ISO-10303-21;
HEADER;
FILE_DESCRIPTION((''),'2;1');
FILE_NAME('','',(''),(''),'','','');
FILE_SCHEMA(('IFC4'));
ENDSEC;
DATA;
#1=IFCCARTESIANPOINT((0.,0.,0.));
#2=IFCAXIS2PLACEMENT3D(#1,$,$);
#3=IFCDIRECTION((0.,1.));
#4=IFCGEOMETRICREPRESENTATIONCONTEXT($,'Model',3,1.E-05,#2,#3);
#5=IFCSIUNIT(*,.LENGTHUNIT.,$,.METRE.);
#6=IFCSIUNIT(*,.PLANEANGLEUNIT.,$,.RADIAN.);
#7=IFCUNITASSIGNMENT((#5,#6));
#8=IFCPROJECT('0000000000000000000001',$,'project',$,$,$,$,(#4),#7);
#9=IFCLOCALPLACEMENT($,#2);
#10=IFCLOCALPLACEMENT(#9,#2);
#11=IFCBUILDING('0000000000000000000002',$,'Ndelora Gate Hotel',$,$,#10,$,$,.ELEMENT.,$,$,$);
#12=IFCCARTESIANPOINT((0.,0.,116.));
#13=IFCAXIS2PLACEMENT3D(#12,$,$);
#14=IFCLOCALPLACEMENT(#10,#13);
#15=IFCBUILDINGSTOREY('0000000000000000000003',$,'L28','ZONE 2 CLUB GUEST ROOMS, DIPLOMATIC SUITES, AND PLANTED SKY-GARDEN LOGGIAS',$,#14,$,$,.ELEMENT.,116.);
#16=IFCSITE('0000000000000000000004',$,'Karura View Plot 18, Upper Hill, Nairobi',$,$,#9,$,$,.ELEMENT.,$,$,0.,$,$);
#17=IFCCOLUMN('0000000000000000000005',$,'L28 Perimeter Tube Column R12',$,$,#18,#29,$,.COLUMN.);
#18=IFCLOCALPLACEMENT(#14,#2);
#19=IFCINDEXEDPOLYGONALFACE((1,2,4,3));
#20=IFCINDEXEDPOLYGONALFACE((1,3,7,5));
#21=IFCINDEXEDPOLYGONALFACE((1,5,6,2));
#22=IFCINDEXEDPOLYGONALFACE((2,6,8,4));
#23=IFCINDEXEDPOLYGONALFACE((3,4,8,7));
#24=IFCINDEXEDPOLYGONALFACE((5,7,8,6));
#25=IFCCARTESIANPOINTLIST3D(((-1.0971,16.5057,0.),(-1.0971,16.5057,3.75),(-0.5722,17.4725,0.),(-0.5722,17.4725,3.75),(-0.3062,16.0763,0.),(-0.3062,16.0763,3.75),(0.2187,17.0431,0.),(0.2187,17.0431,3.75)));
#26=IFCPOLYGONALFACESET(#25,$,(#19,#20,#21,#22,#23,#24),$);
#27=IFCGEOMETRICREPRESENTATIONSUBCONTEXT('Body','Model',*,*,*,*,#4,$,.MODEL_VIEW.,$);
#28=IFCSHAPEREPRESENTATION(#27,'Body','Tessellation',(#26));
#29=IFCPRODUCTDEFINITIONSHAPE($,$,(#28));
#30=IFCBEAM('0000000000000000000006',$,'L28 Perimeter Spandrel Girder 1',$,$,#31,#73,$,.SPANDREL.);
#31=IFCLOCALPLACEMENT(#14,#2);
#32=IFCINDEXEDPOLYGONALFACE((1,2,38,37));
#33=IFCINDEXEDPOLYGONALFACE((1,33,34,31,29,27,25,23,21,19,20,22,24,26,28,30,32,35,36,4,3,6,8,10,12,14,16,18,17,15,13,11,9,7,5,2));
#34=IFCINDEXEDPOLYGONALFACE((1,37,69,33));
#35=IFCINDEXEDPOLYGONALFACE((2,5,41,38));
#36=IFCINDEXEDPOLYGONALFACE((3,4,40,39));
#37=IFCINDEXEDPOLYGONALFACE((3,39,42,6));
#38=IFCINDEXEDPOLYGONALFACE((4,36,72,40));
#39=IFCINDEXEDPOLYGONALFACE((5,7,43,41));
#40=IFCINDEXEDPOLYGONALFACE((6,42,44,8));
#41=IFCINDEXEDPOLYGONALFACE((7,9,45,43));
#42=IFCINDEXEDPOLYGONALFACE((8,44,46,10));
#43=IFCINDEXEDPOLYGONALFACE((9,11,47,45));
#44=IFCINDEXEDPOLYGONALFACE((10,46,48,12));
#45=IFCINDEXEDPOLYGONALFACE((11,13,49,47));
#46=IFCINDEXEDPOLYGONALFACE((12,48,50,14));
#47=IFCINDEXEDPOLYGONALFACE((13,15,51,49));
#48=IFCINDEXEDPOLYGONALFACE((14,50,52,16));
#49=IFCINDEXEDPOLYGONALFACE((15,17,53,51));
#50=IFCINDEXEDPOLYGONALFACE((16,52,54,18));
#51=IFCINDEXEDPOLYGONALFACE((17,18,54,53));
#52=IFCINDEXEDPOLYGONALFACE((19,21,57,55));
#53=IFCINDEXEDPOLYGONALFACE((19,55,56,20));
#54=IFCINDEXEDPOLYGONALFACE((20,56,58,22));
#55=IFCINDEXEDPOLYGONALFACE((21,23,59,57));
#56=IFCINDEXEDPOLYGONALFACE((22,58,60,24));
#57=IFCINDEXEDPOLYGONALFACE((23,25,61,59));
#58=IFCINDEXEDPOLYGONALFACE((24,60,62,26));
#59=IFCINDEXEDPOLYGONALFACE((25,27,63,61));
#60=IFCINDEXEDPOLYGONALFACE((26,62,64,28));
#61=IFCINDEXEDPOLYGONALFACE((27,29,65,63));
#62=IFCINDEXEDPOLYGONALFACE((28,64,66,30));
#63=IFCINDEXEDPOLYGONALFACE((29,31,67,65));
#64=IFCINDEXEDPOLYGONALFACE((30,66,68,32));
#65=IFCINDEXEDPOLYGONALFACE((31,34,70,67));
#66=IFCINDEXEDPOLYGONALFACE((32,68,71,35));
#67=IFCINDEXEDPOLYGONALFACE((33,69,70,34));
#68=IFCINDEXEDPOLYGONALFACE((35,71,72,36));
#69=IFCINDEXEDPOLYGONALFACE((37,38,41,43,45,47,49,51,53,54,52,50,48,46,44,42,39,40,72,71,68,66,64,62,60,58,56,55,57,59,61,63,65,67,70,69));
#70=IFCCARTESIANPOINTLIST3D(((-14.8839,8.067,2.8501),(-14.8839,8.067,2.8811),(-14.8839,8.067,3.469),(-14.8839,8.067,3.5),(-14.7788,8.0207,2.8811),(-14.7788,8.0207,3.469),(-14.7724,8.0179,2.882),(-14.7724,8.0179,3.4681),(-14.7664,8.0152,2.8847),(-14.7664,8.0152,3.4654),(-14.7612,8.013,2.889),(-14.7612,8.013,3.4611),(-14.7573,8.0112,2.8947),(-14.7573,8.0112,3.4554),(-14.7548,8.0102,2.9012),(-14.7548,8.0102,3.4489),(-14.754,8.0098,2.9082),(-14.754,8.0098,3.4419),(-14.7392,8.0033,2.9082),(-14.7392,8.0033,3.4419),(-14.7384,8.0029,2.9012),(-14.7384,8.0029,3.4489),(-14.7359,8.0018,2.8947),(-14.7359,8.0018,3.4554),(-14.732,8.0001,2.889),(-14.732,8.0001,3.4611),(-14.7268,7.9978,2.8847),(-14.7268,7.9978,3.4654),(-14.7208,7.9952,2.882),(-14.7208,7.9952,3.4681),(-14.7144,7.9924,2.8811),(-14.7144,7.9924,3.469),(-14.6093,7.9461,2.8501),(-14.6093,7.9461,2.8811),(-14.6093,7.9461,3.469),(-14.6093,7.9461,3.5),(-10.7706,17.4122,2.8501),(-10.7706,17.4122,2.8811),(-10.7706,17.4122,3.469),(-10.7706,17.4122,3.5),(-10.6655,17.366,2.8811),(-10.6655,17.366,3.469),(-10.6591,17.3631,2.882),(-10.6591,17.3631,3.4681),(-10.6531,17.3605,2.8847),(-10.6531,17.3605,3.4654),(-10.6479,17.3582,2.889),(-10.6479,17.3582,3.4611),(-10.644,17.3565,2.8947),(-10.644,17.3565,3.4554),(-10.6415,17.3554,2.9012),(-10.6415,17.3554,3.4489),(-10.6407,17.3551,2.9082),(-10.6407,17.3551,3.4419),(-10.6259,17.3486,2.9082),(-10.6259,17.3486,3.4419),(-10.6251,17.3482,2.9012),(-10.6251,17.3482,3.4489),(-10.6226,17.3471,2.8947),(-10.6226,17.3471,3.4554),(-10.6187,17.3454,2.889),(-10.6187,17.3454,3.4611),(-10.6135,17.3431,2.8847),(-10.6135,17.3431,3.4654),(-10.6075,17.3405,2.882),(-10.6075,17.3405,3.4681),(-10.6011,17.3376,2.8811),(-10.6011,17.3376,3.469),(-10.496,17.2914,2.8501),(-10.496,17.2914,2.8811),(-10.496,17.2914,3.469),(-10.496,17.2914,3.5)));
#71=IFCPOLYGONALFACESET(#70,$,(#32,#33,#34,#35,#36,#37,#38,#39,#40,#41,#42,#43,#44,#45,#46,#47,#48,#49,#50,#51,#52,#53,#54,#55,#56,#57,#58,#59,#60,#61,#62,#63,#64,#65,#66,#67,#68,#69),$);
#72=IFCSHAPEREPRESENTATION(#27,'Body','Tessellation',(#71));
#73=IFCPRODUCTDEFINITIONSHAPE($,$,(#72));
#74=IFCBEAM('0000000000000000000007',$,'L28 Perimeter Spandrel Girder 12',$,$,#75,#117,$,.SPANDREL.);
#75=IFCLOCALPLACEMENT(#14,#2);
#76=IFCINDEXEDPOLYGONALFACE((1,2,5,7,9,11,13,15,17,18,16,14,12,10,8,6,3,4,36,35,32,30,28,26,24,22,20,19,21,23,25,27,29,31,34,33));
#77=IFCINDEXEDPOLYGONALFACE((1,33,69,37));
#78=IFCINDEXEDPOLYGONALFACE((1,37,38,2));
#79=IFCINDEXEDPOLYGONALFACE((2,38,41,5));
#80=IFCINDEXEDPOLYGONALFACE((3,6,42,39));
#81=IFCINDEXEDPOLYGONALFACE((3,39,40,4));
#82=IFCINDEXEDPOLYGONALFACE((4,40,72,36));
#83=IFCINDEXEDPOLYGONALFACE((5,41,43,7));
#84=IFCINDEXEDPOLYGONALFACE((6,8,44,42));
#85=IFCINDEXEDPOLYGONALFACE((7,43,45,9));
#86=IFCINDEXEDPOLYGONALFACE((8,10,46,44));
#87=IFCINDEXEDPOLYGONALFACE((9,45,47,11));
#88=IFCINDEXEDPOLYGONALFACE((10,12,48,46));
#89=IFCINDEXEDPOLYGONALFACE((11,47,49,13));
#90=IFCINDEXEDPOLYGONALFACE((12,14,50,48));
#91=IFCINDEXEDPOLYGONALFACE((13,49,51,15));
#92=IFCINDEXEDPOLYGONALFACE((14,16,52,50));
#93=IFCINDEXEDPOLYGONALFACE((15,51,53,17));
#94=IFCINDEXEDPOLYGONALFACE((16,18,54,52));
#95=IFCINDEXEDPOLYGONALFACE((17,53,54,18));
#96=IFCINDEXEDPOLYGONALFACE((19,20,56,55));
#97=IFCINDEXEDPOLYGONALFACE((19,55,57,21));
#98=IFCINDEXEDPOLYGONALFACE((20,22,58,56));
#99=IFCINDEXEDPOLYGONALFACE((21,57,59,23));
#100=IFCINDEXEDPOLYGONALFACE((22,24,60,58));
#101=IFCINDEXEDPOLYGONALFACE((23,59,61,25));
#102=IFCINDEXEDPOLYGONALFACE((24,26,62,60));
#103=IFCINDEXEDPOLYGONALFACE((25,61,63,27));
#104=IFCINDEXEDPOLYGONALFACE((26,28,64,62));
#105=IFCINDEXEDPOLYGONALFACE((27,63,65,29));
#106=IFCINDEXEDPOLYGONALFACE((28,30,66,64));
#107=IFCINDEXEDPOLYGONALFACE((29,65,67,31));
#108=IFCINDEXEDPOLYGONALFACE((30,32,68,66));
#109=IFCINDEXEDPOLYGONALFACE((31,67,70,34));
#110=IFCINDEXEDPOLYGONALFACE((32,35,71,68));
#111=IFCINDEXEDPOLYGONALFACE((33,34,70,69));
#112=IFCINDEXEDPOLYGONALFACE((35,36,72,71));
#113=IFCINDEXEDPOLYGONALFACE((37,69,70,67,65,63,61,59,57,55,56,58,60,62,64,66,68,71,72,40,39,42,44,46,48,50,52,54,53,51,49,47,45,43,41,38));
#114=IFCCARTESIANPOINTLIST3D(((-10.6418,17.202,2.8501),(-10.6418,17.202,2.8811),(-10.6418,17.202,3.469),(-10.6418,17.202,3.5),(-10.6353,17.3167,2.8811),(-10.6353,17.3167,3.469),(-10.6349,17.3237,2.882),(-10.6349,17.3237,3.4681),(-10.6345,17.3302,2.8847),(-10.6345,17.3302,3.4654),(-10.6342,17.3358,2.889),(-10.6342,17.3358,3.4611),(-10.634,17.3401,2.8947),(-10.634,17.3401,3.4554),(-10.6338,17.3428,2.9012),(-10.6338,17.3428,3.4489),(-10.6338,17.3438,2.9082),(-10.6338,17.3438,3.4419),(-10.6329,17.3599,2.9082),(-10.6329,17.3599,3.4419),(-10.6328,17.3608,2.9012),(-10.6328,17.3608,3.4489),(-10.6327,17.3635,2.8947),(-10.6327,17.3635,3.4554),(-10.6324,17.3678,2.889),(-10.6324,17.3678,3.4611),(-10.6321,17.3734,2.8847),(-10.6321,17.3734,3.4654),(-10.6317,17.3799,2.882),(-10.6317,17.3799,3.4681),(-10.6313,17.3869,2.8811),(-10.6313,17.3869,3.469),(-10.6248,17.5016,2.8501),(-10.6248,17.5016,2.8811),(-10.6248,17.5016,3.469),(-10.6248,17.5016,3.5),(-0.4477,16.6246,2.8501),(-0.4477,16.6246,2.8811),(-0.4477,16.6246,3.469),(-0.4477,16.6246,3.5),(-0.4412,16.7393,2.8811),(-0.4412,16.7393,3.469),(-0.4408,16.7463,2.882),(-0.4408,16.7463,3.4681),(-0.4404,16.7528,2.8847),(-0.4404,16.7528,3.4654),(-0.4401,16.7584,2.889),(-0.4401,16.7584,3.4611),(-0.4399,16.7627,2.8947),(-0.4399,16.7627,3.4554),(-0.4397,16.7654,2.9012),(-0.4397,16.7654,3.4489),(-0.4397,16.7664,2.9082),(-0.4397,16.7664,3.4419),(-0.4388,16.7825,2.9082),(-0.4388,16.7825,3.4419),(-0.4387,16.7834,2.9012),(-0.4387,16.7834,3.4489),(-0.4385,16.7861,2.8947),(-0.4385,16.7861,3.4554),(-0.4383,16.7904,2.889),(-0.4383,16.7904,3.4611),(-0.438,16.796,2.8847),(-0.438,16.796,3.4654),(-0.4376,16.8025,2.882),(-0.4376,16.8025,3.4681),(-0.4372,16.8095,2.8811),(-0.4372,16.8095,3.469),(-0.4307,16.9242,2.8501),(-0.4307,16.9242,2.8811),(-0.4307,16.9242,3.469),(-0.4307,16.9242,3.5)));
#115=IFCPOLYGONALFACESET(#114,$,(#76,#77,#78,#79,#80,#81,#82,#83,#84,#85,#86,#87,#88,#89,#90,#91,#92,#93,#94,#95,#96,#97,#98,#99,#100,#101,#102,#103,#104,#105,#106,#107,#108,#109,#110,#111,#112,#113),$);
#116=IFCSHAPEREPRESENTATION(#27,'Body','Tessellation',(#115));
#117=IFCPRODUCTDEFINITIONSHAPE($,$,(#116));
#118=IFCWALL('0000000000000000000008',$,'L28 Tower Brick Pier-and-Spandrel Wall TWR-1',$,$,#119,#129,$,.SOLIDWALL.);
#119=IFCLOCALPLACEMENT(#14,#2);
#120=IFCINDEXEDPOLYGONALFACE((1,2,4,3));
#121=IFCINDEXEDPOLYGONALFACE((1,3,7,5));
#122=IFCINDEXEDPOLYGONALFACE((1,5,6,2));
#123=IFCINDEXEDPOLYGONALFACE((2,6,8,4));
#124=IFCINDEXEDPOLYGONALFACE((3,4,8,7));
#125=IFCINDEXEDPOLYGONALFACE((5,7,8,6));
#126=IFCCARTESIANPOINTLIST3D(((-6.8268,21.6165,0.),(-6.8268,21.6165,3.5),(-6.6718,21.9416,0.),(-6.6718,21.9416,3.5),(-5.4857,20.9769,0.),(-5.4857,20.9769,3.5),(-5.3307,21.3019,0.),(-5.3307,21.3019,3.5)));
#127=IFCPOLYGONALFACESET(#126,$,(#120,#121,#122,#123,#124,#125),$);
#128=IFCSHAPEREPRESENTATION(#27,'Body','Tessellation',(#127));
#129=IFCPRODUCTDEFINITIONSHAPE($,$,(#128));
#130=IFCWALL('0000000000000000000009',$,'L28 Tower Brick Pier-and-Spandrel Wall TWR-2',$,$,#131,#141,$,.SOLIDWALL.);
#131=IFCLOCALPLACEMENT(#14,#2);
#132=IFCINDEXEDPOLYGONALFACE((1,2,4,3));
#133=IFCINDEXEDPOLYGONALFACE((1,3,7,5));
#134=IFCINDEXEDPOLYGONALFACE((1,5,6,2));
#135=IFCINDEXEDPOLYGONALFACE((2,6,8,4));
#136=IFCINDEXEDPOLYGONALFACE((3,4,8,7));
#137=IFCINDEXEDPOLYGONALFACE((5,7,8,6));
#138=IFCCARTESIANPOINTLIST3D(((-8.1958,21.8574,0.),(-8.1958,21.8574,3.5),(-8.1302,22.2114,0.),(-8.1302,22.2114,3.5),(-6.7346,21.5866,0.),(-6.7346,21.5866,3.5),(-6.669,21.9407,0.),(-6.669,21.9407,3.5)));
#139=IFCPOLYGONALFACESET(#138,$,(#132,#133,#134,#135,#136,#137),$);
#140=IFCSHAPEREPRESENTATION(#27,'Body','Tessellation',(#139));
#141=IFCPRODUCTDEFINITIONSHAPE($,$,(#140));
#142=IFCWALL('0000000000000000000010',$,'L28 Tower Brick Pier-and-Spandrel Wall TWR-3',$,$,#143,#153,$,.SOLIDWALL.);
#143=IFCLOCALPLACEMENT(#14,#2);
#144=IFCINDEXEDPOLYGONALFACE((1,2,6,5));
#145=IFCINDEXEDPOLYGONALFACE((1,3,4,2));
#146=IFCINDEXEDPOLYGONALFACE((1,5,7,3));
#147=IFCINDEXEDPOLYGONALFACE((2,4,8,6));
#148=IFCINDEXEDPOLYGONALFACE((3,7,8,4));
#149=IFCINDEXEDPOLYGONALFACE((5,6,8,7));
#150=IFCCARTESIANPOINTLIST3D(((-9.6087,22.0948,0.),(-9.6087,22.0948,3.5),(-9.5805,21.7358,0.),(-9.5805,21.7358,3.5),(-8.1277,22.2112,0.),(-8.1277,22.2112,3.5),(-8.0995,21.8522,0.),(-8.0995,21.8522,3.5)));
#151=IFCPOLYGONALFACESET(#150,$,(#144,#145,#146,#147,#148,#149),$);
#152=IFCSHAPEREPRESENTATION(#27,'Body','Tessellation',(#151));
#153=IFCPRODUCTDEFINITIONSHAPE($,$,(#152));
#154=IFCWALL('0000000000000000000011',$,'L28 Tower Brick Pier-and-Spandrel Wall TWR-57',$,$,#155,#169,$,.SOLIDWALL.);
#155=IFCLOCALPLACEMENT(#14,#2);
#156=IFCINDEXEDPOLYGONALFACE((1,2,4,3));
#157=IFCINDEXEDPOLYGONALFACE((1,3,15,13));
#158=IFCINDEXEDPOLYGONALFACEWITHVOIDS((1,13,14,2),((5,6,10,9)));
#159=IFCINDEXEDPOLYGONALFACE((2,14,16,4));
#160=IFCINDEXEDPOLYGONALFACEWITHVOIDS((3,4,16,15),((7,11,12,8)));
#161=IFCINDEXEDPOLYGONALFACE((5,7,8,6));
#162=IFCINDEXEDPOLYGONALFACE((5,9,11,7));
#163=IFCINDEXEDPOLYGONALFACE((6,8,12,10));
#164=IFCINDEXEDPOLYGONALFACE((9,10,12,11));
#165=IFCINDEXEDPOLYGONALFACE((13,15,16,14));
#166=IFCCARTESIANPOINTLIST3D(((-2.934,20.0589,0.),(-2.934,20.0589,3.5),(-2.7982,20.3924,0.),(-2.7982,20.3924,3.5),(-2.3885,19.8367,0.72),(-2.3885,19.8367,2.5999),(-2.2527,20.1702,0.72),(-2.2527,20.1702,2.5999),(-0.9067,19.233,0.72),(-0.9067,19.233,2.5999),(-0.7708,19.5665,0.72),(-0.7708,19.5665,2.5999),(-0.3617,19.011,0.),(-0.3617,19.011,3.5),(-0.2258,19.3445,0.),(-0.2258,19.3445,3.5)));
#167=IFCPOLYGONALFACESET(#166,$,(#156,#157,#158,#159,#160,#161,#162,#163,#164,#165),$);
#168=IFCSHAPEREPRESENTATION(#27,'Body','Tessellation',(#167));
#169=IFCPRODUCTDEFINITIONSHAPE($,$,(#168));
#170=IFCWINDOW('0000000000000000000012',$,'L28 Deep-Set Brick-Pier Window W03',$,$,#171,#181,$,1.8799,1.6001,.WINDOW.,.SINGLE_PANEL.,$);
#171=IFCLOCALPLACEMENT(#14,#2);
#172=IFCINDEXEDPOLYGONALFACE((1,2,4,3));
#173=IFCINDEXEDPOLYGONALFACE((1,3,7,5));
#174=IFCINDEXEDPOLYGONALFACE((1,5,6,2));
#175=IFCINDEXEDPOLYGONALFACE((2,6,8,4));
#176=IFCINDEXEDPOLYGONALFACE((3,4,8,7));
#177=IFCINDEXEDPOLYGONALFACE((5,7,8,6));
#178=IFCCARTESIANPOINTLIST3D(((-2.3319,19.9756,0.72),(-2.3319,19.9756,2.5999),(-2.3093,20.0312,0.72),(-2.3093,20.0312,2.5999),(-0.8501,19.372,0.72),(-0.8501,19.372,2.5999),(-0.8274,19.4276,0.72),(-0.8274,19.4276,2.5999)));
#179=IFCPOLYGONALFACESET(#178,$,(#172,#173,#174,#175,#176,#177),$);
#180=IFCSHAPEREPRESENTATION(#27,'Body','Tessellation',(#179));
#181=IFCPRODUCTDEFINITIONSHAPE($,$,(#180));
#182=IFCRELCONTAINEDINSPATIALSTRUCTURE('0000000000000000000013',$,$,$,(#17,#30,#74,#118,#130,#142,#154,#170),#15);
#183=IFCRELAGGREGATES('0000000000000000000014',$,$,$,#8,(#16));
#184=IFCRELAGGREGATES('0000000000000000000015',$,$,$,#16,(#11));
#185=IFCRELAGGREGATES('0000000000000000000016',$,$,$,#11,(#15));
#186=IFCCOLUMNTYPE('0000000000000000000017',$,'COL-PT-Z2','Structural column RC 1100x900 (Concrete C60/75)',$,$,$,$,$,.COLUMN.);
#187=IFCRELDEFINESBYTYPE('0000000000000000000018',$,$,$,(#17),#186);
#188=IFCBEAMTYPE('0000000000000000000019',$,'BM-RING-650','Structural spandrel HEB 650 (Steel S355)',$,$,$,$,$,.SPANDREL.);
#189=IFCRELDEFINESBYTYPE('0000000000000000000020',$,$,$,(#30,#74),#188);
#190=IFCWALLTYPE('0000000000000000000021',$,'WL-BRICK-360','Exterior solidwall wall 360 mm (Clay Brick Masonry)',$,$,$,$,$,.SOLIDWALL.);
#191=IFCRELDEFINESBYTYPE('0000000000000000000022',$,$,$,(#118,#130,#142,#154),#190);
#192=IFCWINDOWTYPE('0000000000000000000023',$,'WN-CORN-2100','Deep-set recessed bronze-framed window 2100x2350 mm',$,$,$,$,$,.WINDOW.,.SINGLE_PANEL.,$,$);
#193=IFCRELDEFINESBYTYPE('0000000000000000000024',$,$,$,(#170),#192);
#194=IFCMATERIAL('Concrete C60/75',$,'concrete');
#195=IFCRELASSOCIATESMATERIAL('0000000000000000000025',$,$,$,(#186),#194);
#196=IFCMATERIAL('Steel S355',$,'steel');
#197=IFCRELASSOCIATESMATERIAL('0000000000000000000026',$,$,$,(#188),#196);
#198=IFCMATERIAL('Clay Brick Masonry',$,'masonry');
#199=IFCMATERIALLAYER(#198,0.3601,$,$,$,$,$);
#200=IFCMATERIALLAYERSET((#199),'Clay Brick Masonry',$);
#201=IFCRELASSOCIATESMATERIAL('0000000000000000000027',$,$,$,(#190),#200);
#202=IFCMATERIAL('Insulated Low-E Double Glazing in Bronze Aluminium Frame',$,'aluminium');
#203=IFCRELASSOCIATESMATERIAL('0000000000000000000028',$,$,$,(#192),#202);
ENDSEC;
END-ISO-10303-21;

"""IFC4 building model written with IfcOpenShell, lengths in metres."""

from ifc_helpers import new_model, si_unit, direction, frame, frame_2d, origin, origin_2d, place, context, subcontext, project, spatial, rectangle, i_section, extrude, material, layer, layer_set, material_profile, profile_set, type_object, element, fill, save


model = new_model("IFC4")

# Units and contexts
model_context = context("Model", 3, precision=1e-05, world=origin(), true_north=direction((0.0, 1.0)))
body_context = subcontext(model_context, "Body", "Model", "MODEL_VIEW")
ifc_project = project(units=[si_unit("LENGTHUNIT", "METRE"), si_unit("PLANEANGLEUNIT", "RADIAN")], contexts=[model_context])

# Site, building, storey
site_placement = place(None, origin())
site = spatial("IfcSite", under=ifc_project, at=site_placement, Name="Karura View Plot 18, Upper Hill, Nairobi", CompositionType="ELEMENT", RefElevation=0.0)
building_placement = place(site_placement, origin())
building = spatial("IfcBuilding", under=site, at=building_placement, Name="Ndelora Gate Hotel", CompositionType="ELEMENT")
storey_placement = place(building_placement, frame((0.0, 0.0, 116.0)))
storey = spatial("IfcBuildingStorey", under=building, at=storey_placement, Name="L28", Description="ZONE 2 CLUB GUEST ROOMS, DIPLOMATIC SUITES, AND PLANTED SKY-GARDEN LOGGIAS", CompositionType="ELEMENT", Elevation=116.0)

# Column
ifc_material_1 = material(Name="Concrete C60/75", Category="concrete")
ifc_material_profile_1 = material_profile(ifc_material_1, rectangle(XDim=0.8999, YDim=1.1001, at=origin_2d()), Name="RC 1100x900")
ifc_profile_set_1 = profile_set([ifc_material_profile_1], Name="Concrete C60/75")
column_type = type_object("IfcColumnType", Name="COL-PT-Z2", Description="Structural column RC 1100x900 (Concrete C60/75)", PredefinedType="COLUMN", material=ifc_profile_set_1)
column_placement = place(storey_placement, frame((-0.4392, 16.7744, 0.0), z_axis=(0.0, 0.0, 1.0), x_axis=(-0.878817, 0.477159, 0.0)))
element("IfcColumn", 1, at=column_placement, inside=storey, type_object=column_type, Name="L28 Perimeter Tube Column R12", PredefinedType="COLUMN", context=body_context, shape_type="SweptSolid", body=[
    extrude(rectangle(XDim=0.8999, YDim=1.1001, at=origin_2d()), origin(), (0.0, 0.0, 1.0), 3.75),
])

# Beams
ifc_material_2 = material(Name="Steel S355", Category="steel")
ifc_material_profile_2 = material_profile(ifc_material_2, i_section(OverallWidth=0.3, OverallDepth=0.6499, WebThickness=0.0161, FlangeThickness=0.031, FilletRadius=0.0271, at=origin_2d()), Name="HEB 650")
ifc_profile_set_2 = profile_set([ifc_material_profile_2], Name="Steel S355")
beam_type = type_object("IfcBeamType", Name="BM-RING-650", Description="Structural spandrel HEB 650 (Steel S355)", PredefinedType="SPANDREL", material=ifc_profile_set_2)
for number, where, z_axis, x_axis, name in (
    (2, (-10.6333, 17.3518, 3.175), (-0.402852, -0.915265, 0.0), (0.915265, -0.402852, 0.0), "L28 Perimeter Spandrel Girder 1"),
    (3, (-0.4392, 16.7744, 3.175), (-0.9984, 0.056549, 0.0), (-0.056549, -0.9984, 0.0), "L28 Perimeter Spandrel Girder 12"),
):
    element("IfcBeam", number, at=place(storey_placement, frame(where, z_axis=z_axis, x_axis=x_axis)), inside=storey, type_object=beam_type, Name=name, PredefinedType="SPANDREL", context=body_context, shape_type="SweptSolid", body=[
        extrude(i_section(OverallWidth=0.3, OverallDepth=0.6499, WebThickness=0.0161, FlangeThickness=0.031, FilletRadius=0.0271, at=origin_2d()), origin(), (0.0, 0.0, 1.0), 10.2104),
    ])

# Walls
ifc_material_3 = material(Name="Clay Brick Masonry", Category="masonry")
ifc_layer_1 = layer(ifc_material_3, 0.3601)
ifc_layer_set_1 = layer_set([ifc_layer_1], Name="Clay Brick Masonry")
wall_type_1 = type_object("IfcWallType", Name="WL-BRICK-360", Description="Exterior solidwall wall 360 mm (Clay Brick Masonry)", PredefinedType="SOLIDWALL", material=ifc_layer_set_1)
wall_1_placement = place(storey_placement, frame((-6.7493, 21.7791, 0.0), z_axis=(0.0, 0.0, 1.0), x_axis=(0.902587, -0.430508, 0.0)))
element("IfcWall", 4, at=wall_1_placement, inside=storey, type_object=wall_type_1, Name="L28 Tower Brick Pier-and-Spandrel Wall TWR-1", PredefinedType="SOLIDWALL", context=body_context, shape_type="SweptSolid", body=[
    extrude(rectangle(XDim=1.4858, YDim=0.3601, at=frame_2d((0.7429, 0.0))), origin(), (0.0, 0.0, 1.0), 3.5),
])
wall_2_placement = place(storey_placement, frame((-8.1631, 22.0344, 0.0), z_axis=(0.0, 0.0, 1.0), x_axis=(0.983262, -0.182195, 0.0)))
element("IfcWall", 5, at=wall_2_placement, inside=storey, type_object=wall_type_1, Name="L28 Tower Brick Pier-and-Spandrel Wall TWR-2", PredefinedType="SOLIDWALL", context=body_context, shape_type="SweptSolid", body=[
    extrude(rectangle(XDim=1.4861, YDim=0.3601, at=frame_2d((0.7432, 0.0))), origin(), (0.0, 0.0, 1.0), 3.5),
])
wall_3_placement = place(storey_placement, frame((-9.5945, 21.9153, 0.0), z_axis=(0.0, 0.0, 1.0), x_axis=(0.996923, 0.078393, 0.0)))
element("IfcWall", 6, at=wall_3_placement, inside=storey, type_object=wall_type_1, Name="L28 Tower Brick Pier-and-Spandrel Wall TWR-3", PredefinedType="SOLIDWALL", context=body_context, shape_type="SweptSolid", body=[
    extrude(rectangle(XDim=1.4856, YDim=0.3601, at=frame_2d((0.7427, 0.0))), origin(), (0.0, 0.0, 1.0), 3.5),
])

# Wall, opening, window
wall_4_placement = place(storey_placement, frame((-2.866, 20.2256, 0.0), z_axis=(0.0, 0.0, 1.0), x_axis=(0.926106, -0.377263, 0.0)))
wall_4 = element("IfcWall", 7, at=wall_4_placement, inside=storey, type_object=wall_type_1, Name="L28 Tower Brick Pier-and-Spandrel Wall TWR-57", PredefinedType="SOLIDWALL", context=body_context, shape_type="SweptSolid", body=[
    extrude(rectangle(XDim=2.7776, YDim=0.3601, at=frame_2d((1.3887, 0.0))), origin(), (0.0, 0.0, 1.0), 3.5),
])
opening_1_placement = place(wall_4_placement, frame((0.5889, 0.0, 0.72)))
opening_1 = element("IfcOpeningElement", 8, at=opening_1_placement, cuts=wall_4, PredefinedType="OPENING", context=body_context, shape_type="SweptSolid", body=[
    extrude(rectangle(XDim=1.6001, YDim=1.8799, at=frame_2d((0.8, 0.9399))), frame((0.0, 0.1899, 0.0), z_axis=(0.0, -1.0, 0.0), x_axis=(1.0, 0.0, 0.0)), (0.0, 0.0, 1.0), 0.3801),
])
ifc_material_4 = material(Name="Insulated Low-E Double Glazing in Bronze Aluminium Frame", Category="aluminium")
window_type = type_object("IfcWindowType", Name="WN-CORN-2100", Description="Deep-set recessed bronze-framed window 2100x2350 mm", PartitioningType="SINGLE_PANEL", PredefinedType="WINDOW", material=ifc_material_4)
window_placement = place(opening_1_placement, origin())
window = element("IfcWindow", 9, at=window_placement, inside=storey, type_object=window_type, Name="L28 Deep-Set Brick-Pier Window W03", OverallHeight=1.8799, OverallWidth=1.6001, PartitioningType="SINGLE_PANEL", PredefinedType="WINDOW", context=body_context, shape_type="SweptSolid", body=[
    extrude(rectangle(XDim=1.6001, YDim=1.8799, at=frame_2d((0.8, 0.9399))), frame((0.0, 0.03, 0.0), z_axis=(0.0, -1.0, 0.0), x_axis=(1.0, 0.0, 0.0)), (0.0, 0.0, 1.0), 0.0601),
])
fill(opening_1, window)

save(model, "model.ifc")
